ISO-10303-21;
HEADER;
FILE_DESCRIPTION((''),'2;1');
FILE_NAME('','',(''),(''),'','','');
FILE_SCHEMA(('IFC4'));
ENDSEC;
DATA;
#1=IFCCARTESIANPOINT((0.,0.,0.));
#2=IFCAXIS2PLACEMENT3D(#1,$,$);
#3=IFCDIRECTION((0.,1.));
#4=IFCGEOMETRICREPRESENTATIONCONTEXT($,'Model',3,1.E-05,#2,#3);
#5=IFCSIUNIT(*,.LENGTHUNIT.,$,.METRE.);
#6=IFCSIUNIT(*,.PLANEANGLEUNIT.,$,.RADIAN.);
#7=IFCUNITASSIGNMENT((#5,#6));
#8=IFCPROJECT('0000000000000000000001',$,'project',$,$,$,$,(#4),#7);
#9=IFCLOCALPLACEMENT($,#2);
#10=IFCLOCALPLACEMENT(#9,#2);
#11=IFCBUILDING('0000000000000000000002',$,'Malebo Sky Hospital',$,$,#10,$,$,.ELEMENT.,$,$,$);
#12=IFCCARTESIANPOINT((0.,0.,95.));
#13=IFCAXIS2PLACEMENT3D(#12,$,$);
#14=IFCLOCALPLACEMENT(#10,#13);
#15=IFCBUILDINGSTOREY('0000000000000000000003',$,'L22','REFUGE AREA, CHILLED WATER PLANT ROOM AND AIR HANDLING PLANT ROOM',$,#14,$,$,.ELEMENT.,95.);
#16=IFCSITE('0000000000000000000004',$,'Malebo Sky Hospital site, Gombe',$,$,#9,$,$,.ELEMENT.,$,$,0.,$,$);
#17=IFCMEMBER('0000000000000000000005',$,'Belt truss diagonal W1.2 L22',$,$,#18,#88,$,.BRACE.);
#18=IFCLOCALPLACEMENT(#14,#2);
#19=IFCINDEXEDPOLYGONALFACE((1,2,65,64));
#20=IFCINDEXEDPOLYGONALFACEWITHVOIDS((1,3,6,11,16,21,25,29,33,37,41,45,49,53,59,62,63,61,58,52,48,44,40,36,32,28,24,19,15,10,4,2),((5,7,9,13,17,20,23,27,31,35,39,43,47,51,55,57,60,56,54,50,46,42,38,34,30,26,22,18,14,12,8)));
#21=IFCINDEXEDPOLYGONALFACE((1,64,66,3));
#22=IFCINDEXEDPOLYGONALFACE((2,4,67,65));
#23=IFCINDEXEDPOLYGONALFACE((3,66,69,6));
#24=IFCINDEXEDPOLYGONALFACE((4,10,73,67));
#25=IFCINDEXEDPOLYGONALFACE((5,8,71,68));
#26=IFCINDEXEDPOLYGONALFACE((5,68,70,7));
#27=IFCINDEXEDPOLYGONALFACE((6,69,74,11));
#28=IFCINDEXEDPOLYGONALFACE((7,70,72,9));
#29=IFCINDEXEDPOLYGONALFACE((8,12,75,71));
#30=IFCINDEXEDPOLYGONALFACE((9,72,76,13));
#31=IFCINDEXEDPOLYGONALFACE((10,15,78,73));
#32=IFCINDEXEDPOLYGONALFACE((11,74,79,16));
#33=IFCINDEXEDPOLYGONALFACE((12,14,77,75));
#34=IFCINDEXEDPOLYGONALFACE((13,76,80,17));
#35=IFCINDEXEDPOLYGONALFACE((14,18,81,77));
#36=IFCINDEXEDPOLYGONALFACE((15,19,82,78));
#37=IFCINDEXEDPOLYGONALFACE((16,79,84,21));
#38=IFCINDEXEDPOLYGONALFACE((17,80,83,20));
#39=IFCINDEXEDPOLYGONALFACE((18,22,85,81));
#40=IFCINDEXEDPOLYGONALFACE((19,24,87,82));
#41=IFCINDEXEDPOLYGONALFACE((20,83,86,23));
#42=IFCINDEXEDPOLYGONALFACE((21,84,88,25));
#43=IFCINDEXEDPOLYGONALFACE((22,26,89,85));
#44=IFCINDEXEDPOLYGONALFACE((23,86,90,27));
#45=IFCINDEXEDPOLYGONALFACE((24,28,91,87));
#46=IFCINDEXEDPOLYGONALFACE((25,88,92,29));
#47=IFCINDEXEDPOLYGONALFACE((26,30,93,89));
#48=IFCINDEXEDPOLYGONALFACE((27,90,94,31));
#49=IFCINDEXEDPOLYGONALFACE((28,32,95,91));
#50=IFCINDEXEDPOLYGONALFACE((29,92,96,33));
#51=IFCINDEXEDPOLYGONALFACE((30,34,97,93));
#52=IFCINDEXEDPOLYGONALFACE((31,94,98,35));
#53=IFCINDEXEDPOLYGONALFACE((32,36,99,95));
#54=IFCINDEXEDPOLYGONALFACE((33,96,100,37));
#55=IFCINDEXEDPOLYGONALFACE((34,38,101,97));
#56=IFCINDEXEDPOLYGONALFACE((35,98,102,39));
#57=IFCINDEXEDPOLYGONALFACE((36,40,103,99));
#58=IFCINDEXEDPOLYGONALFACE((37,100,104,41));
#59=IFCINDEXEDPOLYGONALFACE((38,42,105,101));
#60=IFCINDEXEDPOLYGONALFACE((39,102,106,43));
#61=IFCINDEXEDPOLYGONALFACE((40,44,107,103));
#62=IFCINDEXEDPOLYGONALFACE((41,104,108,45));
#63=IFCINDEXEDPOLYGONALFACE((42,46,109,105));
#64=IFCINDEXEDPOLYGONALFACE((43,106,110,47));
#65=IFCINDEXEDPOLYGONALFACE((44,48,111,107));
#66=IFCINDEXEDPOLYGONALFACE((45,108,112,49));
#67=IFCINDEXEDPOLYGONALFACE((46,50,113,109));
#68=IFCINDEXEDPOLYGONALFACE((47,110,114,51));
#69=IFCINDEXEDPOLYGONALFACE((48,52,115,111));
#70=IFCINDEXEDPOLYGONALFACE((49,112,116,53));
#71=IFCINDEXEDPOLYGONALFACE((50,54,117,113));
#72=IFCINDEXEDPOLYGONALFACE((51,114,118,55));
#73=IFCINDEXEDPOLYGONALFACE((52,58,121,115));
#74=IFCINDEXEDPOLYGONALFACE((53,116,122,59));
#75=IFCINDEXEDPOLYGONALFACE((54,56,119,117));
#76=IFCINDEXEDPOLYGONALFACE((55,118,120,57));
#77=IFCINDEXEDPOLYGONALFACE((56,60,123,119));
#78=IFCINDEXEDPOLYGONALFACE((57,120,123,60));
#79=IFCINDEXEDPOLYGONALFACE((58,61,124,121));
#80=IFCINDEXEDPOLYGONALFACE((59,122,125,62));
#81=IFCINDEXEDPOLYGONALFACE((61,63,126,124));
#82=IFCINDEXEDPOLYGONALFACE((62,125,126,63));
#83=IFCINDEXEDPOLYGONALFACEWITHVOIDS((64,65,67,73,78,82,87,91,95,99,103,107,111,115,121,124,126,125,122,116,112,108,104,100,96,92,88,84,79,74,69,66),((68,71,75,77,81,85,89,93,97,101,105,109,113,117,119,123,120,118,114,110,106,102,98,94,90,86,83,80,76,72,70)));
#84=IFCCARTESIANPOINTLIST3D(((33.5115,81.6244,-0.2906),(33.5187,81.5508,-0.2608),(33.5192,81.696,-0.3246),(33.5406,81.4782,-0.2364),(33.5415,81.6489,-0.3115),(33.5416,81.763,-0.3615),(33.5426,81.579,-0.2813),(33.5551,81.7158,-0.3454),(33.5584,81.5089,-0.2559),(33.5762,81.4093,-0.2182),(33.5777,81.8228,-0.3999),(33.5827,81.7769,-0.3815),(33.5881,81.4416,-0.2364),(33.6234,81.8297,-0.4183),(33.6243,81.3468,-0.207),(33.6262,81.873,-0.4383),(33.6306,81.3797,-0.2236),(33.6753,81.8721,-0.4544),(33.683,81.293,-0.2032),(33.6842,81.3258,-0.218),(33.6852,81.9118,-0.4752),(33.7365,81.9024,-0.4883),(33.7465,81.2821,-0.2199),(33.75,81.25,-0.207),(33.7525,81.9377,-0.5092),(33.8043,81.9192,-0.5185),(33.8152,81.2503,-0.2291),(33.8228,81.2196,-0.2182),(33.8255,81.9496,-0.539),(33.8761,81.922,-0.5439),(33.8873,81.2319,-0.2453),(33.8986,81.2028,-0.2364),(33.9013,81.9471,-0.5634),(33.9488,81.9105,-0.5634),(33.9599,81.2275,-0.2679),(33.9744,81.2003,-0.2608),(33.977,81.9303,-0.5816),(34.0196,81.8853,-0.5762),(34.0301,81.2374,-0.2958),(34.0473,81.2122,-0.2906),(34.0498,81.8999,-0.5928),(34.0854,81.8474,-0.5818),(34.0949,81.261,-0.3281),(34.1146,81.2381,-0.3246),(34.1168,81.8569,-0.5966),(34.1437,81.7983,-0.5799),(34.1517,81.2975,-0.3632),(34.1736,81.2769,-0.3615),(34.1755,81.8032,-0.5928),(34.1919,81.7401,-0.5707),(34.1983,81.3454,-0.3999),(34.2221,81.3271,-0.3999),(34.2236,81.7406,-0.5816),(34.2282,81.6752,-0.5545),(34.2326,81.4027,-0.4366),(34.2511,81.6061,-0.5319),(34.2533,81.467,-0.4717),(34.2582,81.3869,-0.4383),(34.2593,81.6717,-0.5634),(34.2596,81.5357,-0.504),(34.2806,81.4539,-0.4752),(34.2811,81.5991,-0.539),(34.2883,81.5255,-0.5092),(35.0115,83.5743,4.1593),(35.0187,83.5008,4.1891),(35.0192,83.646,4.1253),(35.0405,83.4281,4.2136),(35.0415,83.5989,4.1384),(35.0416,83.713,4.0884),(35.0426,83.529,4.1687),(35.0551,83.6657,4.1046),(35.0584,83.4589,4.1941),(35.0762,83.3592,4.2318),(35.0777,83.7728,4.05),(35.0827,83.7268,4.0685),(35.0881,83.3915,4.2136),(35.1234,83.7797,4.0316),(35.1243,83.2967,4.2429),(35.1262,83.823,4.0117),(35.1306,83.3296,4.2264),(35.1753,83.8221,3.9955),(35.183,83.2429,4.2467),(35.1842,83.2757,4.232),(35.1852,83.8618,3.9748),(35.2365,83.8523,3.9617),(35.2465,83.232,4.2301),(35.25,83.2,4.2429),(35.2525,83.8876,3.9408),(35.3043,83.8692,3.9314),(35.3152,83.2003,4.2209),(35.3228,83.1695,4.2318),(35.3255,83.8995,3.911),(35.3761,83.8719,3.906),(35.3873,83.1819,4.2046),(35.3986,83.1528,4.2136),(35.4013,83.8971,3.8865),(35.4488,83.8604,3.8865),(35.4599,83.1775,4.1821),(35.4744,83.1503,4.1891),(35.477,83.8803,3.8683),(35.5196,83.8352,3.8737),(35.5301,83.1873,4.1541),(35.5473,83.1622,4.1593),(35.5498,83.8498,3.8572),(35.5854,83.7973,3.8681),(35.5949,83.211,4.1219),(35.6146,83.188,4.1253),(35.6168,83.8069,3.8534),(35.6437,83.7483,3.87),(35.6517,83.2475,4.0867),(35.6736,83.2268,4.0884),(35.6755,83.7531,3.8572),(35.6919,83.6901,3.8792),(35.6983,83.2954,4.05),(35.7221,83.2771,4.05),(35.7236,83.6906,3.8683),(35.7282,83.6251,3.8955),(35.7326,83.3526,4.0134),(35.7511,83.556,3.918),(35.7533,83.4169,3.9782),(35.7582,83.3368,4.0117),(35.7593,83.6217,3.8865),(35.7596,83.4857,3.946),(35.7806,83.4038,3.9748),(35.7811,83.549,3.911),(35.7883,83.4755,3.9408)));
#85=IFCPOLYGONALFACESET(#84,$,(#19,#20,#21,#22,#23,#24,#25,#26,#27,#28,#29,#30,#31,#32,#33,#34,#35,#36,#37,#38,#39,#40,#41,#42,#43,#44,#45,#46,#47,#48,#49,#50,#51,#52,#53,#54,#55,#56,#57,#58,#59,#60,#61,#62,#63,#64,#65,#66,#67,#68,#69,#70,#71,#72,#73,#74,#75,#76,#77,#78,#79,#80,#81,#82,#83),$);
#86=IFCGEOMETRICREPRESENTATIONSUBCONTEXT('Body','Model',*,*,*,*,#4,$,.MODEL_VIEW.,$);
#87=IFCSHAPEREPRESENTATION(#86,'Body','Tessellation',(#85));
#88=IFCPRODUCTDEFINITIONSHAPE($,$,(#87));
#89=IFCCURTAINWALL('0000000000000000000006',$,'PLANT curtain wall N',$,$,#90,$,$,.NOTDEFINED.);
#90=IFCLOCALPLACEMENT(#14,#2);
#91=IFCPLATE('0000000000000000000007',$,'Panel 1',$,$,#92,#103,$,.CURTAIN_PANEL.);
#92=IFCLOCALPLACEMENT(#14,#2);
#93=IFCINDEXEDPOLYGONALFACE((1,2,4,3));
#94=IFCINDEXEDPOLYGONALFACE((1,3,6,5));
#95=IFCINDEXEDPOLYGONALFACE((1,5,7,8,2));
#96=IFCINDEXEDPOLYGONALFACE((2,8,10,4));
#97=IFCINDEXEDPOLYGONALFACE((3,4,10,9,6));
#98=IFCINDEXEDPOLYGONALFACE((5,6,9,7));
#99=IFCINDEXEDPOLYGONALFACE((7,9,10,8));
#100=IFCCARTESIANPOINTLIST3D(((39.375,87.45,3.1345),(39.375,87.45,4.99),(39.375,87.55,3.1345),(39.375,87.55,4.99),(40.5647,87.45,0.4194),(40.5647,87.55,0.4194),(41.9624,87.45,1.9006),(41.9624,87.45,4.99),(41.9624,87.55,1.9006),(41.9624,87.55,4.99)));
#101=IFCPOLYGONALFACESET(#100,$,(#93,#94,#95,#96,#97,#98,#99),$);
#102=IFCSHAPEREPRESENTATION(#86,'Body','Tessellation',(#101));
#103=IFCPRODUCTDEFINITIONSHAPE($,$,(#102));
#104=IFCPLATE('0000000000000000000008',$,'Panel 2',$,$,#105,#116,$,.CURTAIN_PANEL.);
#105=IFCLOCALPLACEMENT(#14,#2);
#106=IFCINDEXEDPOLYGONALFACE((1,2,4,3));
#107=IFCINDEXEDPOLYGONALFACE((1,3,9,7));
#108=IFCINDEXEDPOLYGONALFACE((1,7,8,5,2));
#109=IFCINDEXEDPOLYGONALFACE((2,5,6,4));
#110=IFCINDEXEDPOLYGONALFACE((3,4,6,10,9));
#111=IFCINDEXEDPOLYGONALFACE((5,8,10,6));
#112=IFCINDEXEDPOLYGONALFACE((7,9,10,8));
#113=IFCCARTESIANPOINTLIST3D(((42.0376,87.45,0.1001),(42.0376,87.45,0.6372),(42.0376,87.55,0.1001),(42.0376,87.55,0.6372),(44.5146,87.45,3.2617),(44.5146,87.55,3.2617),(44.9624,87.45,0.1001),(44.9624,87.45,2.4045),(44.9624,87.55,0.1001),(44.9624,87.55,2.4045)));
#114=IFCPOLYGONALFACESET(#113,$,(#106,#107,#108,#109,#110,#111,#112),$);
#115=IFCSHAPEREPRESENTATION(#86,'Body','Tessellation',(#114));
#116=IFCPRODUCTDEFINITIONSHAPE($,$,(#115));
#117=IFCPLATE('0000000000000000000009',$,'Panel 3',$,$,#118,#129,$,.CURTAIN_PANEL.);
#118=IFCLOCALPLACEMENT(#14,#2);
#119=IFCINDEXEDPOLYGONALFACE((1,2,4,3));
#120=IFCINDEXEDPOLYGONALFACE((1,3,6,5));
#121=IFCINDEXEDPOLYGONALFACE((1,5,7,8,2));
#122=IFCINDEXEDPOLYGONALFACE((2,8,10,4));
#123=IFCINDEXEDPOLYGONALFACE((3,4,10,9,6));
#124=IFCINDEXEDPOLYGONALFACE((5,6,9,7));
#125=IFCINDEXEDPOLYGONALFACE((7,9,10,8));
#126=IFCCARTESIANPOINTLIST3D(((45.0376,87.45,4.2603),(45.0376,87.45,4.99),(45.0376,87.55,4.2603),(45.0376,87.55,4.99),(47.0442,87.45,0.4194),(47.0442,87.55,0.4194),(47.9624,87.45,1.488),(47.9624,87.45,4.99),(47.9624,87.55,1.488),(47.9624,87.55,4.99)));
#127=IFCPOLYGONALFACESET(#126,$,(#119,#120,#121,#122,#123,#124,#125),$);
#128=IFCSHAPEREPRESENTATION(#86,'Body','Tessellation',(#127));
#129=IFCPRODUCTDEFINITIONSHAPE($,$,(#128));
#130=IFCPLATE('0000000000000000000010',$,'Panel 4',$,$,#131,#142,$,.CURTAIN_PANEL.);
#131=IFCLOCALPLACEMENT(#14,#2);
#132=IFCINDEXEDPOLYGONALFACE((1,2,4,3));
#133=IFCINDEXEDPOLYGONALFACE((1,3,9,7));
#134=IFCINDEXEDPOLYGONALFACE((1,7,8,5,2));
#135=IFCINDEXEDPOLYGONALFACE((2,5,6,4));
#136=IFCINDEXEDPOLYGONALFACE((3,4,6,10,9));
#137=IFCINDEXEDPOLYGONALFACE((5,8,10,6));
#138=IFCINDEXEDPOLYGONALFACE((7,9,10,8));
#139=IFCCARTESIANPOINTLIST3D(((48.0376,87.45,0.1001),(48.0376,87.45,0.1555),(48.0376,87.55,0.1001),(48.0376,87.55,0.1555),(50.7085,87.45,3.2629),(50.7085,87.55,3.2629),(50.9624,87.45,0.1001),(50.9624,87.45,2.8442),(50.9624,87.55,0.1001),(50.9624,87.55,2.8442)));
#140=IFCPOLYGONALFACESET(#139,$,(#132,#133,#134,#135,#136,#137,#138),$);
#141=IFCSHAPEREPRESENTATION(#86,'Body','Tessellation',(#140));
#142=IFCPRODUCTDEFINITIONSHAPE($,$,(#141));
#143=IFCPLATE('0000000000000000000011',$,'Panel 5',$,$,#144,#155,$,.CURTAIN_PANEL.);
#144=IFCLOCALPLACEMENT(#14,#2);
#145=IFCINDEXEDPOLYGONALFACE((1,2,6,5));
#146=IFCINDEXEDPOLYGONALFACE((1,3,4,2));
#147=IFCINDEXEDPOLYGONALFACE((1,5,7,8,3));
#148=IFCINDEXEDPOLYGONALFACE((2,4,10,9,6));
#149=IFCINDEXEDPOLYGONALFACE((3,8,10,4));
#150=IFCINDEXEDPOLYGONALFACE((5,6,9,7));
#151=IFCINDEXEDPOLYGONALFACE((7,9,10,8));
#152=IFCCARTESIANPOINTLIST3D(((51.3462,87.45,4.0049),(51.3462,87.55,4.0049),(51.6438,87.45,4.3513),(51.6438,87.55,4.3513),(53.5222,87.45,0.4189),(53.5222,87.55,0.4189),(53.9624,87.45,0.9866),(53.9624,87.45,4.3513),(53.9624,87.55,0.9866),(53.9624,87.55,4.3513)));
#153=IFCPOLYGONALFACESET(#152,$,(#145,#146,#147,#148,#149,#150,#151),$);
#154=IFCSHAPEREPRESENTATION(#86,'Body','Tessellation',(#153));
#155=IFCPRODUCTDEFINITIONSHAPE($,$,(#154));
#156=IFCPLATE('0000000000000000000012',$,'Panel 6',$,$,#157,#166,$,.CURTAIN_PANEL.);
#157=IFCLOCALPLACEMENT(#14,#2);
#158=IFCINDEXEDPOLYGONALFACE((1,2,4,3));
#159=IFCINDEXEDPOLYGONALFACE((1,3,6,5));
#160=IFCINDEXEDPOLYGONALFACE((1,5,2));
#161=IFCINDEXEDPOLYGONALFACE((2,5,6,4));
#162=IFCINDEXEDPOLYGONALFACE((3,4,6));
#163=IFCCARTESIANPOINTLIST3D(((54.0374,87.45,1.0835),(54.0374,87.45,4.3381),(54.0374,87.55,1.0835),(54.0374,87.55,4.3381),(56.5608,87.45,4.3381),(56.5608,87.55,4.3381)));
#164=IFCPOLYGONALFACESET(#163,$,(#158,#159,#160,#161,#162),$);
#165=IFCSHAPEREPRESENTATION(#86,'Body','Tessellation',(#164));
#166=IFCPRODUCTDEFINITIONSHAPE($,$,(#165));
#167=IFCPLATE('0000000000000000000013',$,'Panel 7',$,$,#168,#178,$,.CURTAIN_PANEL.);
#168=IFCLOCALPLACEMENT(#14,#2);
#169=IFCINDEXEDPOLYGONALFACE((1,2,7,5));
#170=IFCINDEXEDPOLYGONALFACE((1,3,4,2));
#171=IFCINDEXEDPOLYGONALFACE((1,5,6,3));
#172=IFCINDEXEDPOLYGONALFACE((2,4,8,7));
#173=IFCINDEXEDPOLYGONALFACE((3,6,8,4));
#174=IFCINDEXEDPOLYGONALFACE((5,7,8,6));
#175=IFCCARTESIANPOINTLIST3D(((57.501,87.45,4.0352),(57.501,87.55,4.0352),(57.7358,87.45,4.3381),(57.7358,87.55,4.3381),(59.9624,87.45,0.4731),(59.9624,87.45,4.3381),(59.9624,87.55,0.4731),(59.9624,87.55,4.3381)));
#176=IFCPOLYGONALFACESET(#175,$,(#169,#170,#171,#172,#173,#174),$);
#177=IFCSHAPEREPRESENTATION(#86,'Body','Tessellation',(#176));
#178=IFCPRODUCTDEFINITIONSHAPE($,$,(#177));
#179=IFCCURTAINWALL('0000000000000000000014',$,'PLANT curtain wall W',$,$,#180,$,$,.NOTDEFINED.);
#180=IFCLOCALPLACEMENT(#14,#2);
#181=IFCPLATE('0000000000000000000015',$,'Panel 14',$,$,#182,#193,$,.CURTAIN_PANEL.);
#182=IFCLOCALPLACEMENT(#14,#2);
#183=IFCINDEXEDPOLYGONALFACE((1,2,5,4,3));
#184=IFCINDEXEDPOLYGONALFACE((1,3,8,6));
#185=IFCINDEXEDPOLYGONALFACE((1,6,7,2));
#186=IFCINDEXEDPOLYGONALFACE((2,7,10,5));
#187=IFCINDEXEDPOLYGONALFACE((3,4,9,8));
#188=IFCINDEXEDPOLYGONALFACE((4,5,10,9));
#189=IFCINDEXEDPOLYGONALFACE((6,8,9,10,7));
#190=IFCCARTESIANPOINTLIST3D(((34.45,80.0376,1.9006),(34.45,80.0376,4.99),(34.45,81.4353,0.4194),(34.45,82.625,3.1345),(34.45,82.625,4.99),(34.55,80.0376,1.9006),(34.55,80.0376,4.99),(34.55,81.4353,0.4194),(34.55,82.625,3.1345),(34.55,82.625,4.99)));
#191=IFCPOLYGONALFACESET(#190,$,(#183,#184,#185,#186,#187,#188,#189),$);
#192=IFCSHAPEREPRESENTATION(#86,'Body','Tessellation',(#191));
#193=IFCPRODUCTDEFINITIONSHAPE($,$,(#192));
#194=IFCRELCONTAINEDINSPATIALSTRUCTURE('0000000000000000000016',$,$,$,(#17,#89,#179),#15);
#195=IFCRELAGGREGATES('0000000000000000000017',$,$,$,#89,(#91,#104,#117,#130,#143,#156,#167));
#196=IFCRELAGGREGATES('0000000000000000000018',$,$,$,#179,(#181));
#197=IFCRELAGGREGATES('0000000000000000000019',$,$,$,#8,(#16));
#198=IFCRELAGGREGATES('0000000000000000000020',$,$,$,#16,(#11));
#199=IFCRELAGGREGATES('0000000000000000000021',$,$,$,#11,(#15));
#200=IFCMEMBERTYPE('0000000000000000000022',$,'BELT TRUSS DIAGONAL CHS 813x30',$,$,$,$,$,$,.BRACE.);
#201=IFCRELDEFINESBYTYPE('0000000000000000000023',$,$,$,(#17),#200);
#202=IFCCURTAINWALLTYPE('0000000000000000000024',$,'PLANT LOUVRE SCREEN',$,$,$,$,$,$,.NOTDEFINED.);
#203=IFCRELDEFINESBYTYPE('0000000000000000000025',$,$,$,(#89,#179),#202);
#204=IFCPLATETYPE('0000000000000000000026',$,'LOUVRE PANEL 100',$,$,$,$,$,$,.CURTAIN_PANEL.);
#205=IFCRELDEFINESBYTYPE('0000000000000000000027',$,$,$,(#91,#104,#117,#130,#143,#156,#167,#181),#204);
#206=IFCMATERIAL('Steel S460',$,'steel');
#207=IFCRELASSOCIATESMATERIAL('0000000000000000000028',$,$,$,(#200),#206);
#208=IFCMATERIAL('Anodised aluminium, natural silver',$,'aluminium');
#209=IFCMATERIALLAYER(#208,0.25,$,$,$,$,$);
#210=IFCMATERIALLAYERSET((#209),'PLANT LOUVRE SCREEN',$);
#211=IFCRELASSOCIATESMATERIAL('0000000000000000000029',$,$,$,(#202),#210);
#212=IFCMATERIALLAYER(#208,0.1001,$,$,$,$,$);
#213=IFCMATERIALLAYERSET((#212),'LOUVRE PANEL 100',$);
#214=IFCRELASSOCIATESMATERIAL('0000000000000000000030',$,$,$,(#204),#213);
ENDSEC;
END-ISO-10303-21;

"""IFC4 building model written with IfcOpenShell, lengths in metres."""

from ifc_helpers import new_model, si_unit, direction, frame, origin, origin_2d, place, context, subcontext, project, spatial, polyline, hollow_circle, outline, extrude, material, layer, layer_set, material_profile, profile_set, type_object, element, aggregate, save


model = new_model("IFC4")

# Units and contexts
model_context = context("Model", 3, precision=1e-05, world=origin(), true_north=direction((0.0, 1.0)))
body_context = subcontext(model_context, "Body", "Model", "MODEL_VIEW")
ifc_project = project(units=[si_unit("LENGTHUNIT", "METRE"), si_unit("PLANEANGLEUNIT", "RADIAN")], contexts=[model_context])

# Site, building, storey
site_placement = place(None, origin())
site = spatial("IfcSite", under=ifc_project, at=site_placement, Name="Malebo Sky Hospital site, Gombe", CompositionType="ELEMENT", RefElevation=0.0)
building_placement = place(site_placement, origin())
building = spatial("IfcBuilding", under=site, at=building_placement, Name="Malebo Sky Hospital", CompositionType="ELEMENT")
storey_placement = place(building_placement, frame((0.0, 0.0, 95.0)))
storey = spatial("IfcBuildingStorey", under=building, at=storey_placement, Name="L22", Description="REFUGE AREA, CHILLED WATER PLANT ROOM AND AIR HANDLING PLANT ROOM", CompositionType="ELEMENT", Elevation=95.0)

# Member
ifc_material_1 = material(Name="Steel S460", Category="steel")
ifc_material_profile = material_profile(ifc_material_1, hollow_circle(Radius=0.4065, WallThickness=0.03, at=origin_2d()), Name="CHS 813x30")
ifc_profile_set = profile_set([ifc_material_profile], Name="Steel S460")
member_type = type_object("IfcMemberType", Name="BELT TRUSS DIAGONAL CHS 813x30", PredefinedType="BRACE", material=ifc_profile_set)
member_1_placement = place(storey_placement, frame((35.3999, 83.5249, 4.05), z_axis=(-0.295002, -0.383492, -0.875162), x_axis=(0.792617, -0.60972, 0.0)))
element("IfcMember", 1, at=member_1_placement, inside=storey, type_object=member_type, Name="Belt truss diagonal W1.2 L22", PredefinedType="BRACE", context=body_context, shape_type="SweptSolid", body=[
    extrude(hollow_circle(Radius=0.4065, WallThickness=0.03, at=origin_2d()), origin(), (0.0, 0.0, 1.0), 5.0847),
])

# Curtain wall, plates
ifc_material_2 = material(Name="Anodised aluminium, natural silver", Category="aluminium")
ifc_layer_1 = layer(ifc_material_2, 0.25)
ifc_layer_set_1 = layer_set([ifc_layer_1], Name="PLANT LOUVRE SCREEN")
curtain_wall_type = type_object("IfcCurtainWallType", Name="PLANT LOUVRE SCREEN", PredefinedType="NOTDEFINED", material=ifc_layer_set_1)
curtain_wall_1_placement = place(storey_placement, origin())
curtain_wall_1 = element("IfcCurtainWall", 2, at=curtain_wall_1_placement, inside=storey, type_object=curtain_wall_type, Name="PLANT curtain wall N", PredefinedType="NOTDEFINED")
ifc_layer_2 = layer(ifc_material_2, 0.1001)
ifc_layer_set_2 = layer_set([ifc_layer_2], Name="LOUVRE PANEL 100")
plate_type = type_object("IfcPlateType", Name="LOUVRE PANEL 100", PredefinedType="CURTAIN_PANEL", material=ifc_layer_set_2)
plate_1_placement = place(storey_placement, frame((40.6687, 87.5, 0.4194), z_axis=(0.0, 0.0, 1.0), x_axis=(1.0, 0.0, 0.0)))
plate_1 = element("IfcPlate", 3, at=plate_1_placement, type_object=plate_type, Name="Panel 1", PredefinedType="CURTAIN_PANEL", context=body_context, shape_type="SweptSolid", body=[
    extrude(outline(polyline([(-0.104, 0.0), (1.2937, 1.4812), (1.2937, 4.5706), (-1.2937, 4.5706), (-1.2937, 2.7151), (-0.104, 0.0)])), frame((0.0, 0.05, 0.0), z_axis=(0.0, -1.0, 0.0), x_axis=(1.0, 0.0, 0.0)), (0.0, 0.0, 1.0), 0.1001),
])
plate_2_placement = place(storey_placement, frame((43.5, 87.5, 0.1001), z_axis=(0.0, 0.0, 1.0), x_axis=(1.0, 0.0, 0.0)))
plate_2 = element("IfcPlate", 4, at=plate_2_placement, type_object=plate_type, Name="Panel 2", PredefinedType="CURTAIN_PANEL", context=body_context, shape_type="SweptSolid", body=[
    extrude(outline(polyline([(-1.4624, 0.0), (1.4624, 0.0), (1.4624, 2.3044), (1.0146, 3.1616), (-1.4624, 0.5371), (-1.4624, 0.0)])), frame((0.0, 0.05, 0.0), z_axis=(0.0, -1.0, 0.0), x_axis=(1.0, 0.0, 0.0)), (0.0, 0.0, 1.0), 0.1001),
])
plate_3_placement = place(storey_placement, frame((46.5, 87.5, 0.4194), z_axis=(0.0, 0.0, 1.0), x_axis=(1.0, 0.0, 0.0)))
plate_3 = element("IfcPlate", 5, at=plate_3_placement, type_object=plate_type, Name="Panel 3", PredefinedType="CURTAIN_PANEL", context=body_context, shape_type="SweptSolid", body=[
    extrude(outline(polyline([(0.5442, 0.0), (1.4624, 1.0686), (1.4624, 4.5706), (-1.4624, 4.5706), (-1.4624, 3.8408), (0.5442, 0.0)])), frame((0.0, 0.05, 0.0), z_axis=(0.0, -1.0, 0.0), x_axis=(1.0, 0.0, 0.0)), (0.0, 0.0, 1.0), 0.1001),
])
plate_4_placement = place(storey_placement, frame((49.5, 87.5, 0.1001), z_axis=(0.0, 0.0, 1.0), x_axis=(1.0, 0.0, 0.0)))
plate_4 = element("IfcPlate", 6, at=plate_4_placement, type_object=plate_type, Name="Panel 4", PredefinedType="CURTAIN_PANEL", context=body_context, shape_type="SweptSolid", body=[
    extrude(outline(polyline([(-1.4624, 0.0), (1.4624, 0.0), (1.4624, 2.7441), (1.2085, 3.1628), (-1.4624, 0.0554), (-1.4624, 0.0)])), frame((0.0, 0.05, 0.0), z_axis=(0.0, -1.0, 0.0), x_axis=(1.0, 0.0, 0.0)), (0.0, 0.0, 1.0), 0.1001),
])
plate_5_placement = place(storey_placement, frame((52.6543, 87.5, 0.4189), z_axis=(0.0, 0.0, 1.0), x_axis=(1.0, 0.0, 0.0)))
plate_5 = element("IfcPlate", 7, at=plate_5_placement, type_object=plate_type, Name="Panel 5", PredefinedType="CURTAIN_PANEL", context=body_context, shape_type="SweptSolid", body=[
    extrude(outline(polyline([(0.8679, 0.0), (1.3081, 0.5676), (1.3081, 3.9324), (-1.0105, 3.9324), (-1.3081, 3.5859), (0.8679, 0.0)])), frame((0.0, 0.05, 0.0), z_axis=(0.0, -1.0, 0.0), x_axis=(1.0, 0.0, 0.0)), (0.0, 0.0, 1.0), 0.1001),
])
plate_6_placement = place(storey_placement, frame((55.2991, 87.5, 1.0835), z_axis=(0.0, 0.0, 1.0), x_axis=(1.0, 0.0, 0.0)))
plate_6 = element("IfcPlate", 8, at=plate_6_placement, type_object=plate_type, Name="Panel 6", PredefinedType="CURTAIN_PANEL", context=body_context, shape_type="SweptSolid", body=[
    extrude(outline(polyline([(-1.2617, 0.0), (1.2617, 3.2546), (-1.2617, 3.2546), (-1.2617, 0.0)])), frame((0.0, 0.05, 0.0), z_axis=(0.0, -1.0, 0.0), x_axis=(1.0, 0.0, 0.0)), (0.0, 0.0, 1.0), 0.1001),
])
plate_7_placement = place(storey_placement, frame((58.7317, 87.5, 0.4731), z_axis=(0.0, 0.0, 1.0), x_axis=(1.0, 0.0, 0.0)))
plate_7 = element("IfcPlate", 9, at=plate_7_placement, type_object=plate_type, Name="Panel 7", PredefinedType="CURTAIN_PANEL", context=body_context, shape_type="SweptSolid", body=[
    extrude(outline(polyline([(1.2307, 0.0), (1.2307, 3.865), (-0.9958, 3.865), (-1.2307, 3.562), (1.2307, 0.0)])), frame((0.0, 0.05, 0.0), z_axis=(0.0, -1.0, 0.0), x_axis=(1.0, 0.0, 0.0)), (0.0, 0.0, 1.0), 0.1001),
])
aggregate(curtain_wall_1, [plate_1, plate_2, plate_3, plate_4, plate_5, plate_6, plate_7])

# Curtain wall, plate
curtain_wall_2_placement = place(storey_placement, origin())
curtain_wall_2 = element("IfcCurtainWall", 10, at=curtain_wall_2_placement, inside=storey, type_object=curtain_wall_type, Name="PLANT curtain wall W", PredefinedType="NOTDEFINED")
plate_8_placement = place(storey_placement, frame((34.5, 81.3313, 0.4194), z_axis=(0.0, 0.0, 1.0), x_axis=(0.0, 1.0, 0.0)))
plate_8 = element("IfcPlate", 11, at=plate_8_placement, type_object=plate_type, Name="Panel 14", PredefinedType="CURTAIN_PANEL", context=body_context, shape_type="SweptSolid", body=[
    extrude(outline(polyline([(0.104, 0.0), (1.2937, 2.7151), (1.2937, 4.5706), (-1.2937, 4.5706), (-1.2937, 1.4812), (0.104, 0.0)])), frame((0.0, 0.05, 0.0), z_axis=(0.0, -1.0, 0.0), x_axis=(1.0, 0.0, 0.0)), (0.0, 0.0, 1.0), 0.1001),
])
aggregate(curtain_wall_2, [plate_8])

save(model, "model.ifc")
